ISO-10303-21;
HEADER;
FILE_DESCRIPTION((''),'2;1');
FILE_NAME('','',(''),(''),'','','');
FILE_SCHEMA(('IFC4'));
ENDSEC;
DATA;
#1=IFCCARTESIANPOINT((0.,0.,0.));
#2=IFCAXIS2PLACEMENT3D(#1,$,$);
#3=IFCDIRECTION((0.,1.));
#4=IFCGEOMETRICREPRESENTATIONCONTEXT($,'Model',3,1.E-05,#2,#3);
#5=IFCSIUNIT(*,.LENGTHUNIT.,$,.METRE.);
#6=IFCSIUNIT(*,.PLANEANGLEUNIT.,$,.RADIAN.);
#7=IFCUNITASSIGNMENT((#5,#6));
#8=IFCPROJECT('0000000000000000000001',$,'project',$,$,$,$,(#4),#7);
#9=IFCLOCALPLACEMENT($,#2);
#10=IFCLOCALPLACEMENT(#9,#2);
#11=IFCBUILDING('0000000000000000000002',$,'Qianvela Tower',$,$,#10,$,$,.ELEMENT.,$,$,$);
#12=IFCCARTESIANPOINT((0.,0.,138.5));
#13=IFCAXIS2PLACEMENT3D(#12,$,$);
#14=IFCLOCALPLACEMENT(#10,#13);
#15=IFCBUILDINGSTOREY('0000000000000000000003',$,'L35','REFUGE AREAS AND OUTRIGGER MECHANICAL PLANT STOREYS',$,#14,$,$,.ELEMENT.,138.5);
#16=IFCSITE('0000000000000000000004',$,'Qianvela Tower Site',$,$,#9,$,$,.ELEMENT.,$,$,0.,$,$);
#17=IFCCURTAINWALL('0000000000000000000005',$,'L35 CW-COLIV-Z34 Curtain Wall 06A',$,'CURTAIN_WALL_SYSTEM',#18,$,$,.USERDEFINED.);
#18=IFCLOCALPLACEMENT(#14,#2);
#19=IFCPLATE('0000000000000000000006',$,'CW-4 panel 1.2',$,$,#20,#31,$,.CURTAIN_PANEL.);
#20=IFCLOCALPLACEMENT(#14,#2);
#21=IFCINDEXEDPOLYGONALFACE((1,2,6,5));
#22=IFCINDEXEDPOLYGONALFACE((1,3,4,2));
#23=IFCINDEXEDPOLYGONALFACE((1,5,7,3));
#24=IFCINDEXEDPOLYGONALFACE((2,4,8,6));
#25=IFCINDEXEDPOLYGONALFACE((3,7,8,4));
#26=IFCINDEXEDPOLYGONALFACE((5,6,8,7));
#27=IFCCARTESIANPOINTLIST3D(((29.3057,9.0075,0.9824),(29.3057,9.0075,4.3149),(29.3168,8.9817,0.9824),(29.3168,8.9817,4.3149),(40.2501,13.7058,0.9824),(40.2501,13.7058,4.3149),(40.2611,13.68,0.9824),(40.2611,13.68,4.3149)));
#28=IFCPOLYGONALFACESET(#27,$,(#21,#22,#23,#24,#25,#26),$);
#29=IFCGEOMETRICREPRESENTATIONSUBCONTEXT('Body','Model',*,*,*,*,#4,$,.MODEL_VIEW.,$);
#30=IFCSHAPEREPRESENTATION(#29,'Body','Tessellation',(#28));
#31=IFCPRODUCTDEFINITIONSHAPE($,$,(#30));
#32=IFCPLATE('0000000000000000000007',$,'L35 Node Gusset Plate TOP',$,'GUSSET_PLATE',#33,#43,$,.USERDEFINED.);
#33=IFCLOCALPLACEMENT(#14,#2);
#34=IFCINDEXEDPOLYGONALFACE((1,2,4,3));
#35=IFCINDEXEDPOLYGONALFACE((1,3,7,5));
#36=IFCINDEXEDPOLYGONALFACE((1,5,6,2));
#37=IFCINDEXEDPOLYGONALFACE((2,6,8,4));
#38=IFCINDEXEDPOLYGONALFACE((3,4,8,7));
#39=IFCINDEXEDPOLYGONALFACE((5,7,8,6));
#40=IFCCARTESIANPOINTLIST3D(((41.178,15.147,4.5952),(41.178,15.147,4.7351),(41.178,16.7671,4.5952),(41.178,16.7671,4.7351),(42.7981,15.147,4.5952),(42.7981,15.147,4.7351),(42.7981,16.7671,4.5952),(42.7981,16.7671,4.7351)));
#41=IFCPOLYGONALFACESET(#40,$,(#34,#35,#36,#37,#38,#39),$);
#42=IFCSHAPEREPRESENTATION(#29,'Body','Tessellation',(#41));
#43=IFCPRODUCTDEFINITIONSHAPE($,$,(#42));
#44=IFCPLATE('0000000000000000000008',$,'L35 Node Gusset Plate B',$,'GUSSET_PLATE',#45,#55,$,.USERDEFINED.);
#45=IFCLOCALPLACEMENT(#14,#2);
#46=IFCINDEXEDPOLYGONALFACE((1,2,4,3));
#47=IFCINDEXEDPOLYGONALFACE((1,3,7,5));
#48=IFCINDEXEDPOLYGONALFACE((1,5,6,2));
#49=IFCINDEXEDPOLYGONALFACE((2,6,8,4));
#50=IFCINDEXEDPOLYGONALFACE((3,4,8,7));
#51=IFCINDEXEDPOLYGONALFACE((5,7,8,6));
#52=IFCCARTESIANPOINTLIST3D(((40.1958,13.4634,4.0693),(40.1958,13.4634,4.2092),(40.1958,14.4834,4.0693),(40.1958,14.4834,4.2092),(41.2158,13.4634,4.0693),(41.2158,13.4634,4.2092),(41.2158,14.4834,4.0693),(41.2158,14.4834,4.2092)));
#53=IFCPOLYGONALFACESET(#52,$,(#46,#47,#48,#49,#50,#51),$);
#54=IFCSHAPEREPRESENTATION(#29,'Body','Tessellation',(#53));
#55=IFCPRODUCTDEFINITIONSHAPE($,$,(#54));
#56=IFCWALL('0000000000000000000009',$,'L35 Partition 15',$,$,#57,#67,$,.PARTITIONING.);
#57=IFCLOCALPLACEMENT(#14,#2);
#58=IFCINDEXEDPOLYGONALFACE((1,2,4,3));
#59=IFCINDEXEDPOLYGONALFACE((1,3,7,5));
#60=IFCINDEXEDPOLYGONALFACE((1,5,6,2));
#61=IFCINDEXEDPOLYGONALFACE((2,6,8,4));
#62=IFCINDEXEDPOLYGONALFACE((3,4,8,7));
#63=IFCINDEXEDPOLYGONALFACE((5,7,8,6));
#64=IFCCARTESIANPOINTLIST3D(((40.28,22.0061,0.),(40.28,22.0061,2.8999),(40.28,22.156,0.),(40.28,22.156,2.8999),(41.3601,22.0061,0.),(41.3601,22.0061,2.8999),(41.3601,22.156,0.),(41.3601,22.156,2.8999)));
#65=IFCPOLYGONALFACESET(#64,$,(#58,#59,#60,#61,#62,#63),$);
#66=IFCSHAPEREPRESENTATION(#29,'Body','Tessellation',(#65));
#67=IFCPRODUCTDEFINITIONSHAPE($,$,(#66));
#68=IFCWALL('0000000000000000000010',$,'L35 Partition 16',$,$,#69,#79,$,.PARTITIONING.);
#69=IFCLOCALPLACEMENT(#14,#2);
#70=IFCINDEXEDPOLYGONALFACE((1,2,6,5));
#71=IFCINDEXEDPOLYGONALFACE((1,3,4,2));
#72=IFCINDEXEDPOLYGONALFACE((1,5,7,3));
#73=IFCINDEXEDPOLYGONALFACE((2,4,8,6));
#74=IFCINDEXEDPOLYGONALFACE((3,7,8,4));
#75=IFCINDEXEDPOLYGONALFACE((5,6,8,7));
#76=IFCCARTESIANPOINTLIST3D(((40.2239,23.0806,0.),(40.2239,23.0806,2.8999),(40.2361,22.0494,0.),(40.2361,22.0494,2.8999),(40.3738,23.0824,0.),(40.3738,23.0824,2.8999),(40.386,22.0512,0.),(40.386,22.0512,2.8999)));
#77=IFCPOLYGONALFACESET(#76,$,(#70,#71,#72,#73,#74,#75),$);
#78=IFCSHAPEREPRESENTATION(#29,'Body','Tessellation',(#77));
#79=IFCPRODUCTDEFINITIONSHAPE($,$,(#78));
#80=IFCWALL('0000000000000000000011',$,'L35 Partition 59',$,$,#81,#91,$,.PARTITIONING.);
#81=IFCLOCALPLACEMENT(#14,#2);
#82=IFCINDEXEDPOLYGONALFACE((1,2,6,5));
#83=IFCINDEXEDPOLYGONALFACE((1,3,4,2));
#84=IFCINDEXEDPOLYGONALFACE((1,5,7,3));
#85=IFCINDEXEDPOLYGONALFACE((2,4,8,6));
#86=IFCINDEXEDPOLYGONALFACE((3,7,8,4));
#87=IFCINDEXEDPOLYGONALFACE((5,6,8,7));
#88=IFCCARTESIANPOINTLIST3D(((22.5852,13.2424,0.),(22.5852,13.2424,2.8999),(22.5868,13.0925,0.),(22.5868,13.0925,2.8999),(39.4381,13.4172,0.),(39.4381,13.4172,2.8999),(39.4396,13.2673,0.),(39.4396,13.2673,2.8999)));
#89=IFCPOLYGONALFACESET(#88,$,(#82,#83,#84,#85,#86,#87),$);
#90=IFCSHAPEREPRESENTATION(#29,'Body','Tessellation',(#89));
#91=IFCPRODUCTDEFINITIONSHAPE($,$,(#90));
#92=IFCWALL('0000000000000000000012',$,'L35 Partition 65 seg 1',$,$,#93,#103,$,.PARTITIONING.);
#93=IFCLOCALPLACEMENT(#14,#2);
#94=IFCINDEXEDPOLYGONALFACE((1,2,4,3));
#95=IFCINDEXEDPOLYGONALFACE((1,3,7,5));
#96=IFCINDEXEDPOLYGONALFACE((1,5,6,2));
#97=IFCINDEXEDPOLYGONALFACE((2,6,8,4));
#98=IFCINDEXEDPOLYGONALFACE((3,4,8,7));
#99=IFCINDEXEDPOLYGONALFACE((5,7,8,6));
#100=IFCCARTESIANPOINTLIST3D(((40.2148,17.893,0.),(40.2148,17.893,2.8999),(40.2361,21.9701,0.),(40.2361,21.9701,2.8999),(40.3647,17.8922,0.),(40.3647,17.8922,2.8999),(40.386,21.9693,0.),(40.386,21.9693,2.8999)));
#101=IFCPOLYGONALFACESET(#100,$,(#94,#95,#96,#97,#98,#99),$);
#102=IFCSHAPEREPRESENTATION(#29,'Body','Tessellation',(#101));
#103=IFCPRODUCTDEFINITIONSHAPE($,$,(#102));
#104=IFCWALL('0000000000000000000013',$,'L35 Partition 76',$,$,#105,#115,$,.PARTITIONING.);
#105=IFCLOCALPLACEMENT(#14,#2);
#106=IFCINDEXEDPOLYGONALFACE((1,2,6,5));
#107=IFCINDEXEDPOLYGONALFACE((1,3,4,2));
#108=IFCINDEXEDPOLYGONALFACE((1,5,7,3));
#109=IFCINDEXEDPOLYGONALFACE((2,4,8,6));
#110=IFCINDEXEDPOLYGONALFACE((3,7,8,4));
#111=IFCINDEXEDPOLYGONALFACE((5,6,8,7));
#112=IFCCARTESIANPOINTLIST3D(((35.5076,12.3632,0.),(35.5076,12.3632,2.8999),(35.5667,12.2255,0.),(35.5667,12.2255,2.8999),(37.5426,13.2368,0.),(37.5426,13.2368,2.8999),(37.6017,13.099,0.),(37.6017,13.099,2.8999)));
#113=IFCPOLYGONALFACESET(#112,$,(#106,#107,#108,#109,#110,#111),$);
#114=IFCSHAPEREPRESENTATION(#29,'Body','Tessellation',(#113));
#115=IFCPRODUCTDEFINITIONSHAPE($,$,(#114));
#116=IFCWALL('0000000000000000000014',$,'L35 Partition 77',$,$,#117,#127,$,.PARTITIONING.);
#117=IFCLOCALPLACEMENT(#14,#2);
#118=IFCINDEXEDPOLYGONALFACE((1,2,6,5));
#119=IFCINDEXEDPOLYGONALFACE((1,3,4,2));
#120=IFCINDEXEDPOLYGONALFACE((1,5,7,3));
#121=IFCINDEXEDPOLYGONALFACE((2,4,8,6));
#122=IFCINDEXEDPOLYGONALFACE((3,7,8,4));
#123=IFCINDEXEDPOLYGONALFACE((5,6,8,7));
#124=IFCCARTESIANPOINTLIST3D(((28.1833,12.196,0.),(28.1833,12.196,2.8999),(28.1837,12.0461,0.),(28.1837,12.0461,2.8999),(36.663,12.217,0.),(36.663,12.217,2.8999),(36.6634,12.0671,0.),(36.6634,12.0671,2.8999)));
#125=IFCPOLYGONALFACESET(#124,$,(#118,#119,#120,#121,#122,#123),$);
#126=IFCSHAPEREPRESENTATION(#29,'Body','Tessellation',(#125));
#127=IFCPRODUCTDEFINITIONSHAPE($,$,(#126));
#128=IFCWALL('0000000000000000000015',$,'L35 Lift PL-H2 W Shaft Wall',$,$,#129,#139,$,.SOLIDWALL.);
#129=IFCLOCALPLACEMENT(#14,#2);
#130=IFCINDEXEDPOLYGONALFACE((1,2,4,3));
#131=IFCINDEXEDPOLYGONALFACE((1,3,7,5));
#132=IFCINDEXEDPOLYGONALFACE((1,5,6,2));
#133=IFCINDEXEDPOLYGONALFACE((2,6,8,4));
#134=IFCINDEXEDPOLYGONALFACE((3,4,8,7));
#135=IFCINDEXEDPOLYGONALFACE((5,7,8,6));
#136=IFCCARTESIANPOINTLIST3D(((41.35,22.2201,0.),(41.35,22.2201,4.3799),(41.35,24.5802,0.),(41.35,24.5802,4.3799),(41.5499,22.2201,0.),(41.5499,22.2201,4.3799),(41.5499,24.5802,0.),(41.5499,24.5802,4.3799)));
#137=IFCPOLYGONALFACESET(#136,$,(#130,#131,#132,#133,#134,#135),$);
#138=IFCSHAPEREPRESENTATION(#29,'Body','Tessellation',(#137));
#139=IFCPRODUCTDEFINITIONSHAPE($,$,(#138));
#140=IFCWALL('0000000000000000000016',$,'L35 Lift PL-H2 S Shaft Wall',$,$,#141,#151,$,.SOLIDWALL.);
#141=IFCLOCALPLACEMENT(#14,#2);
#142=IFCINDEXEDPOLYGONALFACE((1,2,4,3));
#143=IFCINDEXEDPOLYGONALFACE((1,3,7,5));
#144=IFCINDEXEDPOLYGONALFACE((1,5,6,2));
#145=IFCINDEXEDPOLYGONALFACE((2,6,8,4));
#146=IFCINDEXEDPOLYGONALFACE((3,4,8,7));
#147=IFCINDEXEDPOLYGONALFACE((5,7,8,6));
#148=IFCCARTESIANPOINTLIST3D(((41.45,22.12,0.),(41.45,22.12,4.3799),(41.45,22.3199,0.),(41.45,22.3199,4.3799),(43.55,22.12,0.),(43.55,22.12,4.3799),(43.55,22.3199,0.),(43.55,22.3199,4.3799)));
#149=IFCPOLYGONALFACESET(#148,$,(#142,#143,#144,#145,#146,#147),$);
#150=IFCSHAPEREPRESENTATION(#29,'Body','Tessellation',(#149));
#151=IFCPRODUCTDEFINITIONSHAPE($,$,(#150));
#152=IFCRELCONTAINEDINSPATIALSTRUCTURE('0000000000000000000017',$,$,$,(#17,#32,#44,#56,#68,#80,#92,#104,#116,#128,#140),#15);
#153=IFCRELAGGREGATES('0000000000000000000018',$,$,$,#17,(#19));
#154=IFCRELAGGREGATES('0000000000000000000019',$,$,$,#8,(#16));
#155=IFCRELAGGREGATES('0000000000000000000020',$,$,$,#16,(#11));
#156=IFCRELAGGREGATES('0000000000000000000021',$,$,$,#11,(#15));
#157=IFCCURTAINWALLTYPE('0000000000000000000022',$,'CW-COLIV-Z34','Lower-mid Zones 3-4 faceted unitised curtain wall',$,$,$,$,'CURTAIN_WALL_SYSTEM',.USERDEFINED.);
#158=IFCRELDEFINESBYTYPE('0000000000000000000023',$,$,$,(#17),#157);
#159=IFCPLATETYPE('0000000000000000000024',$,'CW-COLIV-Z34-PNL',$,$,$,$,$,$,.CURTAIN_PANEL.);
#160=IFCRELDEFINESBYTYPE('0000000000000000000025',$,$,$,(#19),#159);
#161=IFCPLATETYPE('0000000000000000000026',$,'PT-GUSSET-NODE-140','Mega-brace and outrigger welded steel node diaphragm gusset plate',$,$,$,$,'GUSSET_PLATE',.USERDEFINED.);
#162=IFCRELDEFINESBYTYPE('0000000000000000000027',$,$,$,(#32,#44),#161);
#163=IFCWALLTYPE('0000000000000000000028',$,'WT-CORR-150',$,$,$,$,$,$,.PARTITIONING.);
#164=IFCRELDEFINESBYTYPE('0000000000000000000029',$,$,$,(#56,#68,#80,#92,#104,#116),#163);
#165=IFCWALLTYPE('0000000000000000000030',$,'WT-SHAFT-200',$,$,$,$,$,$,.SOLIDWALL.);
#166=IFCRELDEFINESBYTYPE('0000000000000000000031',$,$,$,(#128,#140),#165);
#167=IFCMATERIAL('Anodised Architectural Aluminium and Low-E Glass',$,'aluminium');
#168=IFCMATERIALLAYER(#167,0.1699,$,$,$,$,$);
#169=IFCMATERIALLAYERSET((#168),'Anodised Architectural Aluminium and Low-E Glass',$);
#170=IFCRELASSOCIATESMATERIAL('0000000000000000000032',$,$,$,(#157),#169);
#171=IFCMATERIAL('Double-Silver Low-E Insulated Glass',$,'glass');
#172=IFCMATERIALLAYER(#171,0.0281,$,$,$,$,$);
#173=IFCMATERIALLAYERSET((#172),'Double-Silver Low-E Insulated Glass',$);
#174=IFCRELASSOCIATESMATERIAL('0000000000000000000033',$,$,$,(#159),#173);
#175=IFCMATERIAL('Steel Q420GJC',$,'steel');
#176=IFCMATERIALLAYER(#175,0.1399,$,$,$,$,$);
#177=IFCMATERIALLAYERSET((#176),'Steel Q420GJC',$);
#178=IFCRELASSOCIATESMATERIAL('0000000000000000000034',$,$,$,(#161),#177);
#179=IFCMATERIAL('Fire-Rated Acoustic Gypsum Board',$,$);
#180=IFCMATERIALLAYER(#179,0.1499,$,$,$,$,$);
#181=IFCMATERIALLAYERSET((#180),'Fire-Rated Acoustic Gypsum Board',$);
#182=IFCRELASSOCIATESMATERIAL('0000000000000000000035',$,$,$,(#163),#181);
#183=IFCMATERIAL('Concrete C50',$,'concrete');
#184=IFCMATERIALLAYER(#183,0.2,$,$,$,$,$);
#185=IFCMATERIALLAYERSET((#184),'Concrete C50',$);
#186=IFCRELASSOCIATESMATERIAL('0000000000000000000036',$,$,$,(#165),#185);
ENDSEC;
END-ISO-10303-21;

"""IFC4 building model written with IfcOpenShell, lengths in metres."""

from ifc_helpers import new_model, si_unit, direction, frame, frame_2d, origin, origin_2d, place, context, subcontext, project, spatial, rectangle, extrude, material, layer, layer_set, type_object, element, aggregate, save


model = new_model("IFC4")

# Units and contexts
model_context = context("Model", 3, precision=1e-05, world=origin(), true_north=direction((0.0, 1.0)))
body_context = subcontext(model_context, "Body", "Model", "MODEL_VIEW")
ifc_project = project(units=[si_unit("LENGTHUNIT", "METRE"), si_unit("PLANEANGLEUNIT", "RADIAN")], contexts=[model_context])

# Site, building, storey
site_placement = place(None, origin())
site = spatial("IfcSite", under=ifc_project, at=site_placement, Name="Qianvela Tower Site", CompositionType="ELEMENT", RefElevation=0.0)
building_placement = place(site_placement, origin())
building = spatial("IfcBuilding", under=site, at=building_placement, Name="Qianvela Tower", CompositionType="ELEMENT")
storey_placement = place(building_placement, frame((0.0, 0.0, 138.5)))
storey = spatial("IfcBuildingStorey", under=building, at=storey_placement, Name="L35", Description="REFUGE AREAS AND OUTRIGGER MECHANICAL PLANT STOREYS", CompositionType="ELEMENT", Elevation=138.5)

# Curtain wall, plate
ifc_material_1 = material(Name="Anodised Architectural Aluminium and Low-E Glass", Category="aluminium")
ifc_layer_1 = layer(ifc_material_1, 0.1699)
ifc_layer_set_1 = layer_set([ifc_layer_1], Name="Anodised Architectural Aluminium and Low-E Glass")
curtain_wall_type_1 = type_object("IfcCurtainWallType", Name="CW-COLIV-Z34", Description="Lower-mid Zones 3-4 faceted unitised curtain wall", ElementType="CURTAIN_WALL_SYSTEM", PredefinedType="USERDEFINED", material=ifc_layer_set_1)
curtain_wall_1_placement = place(storey_placement, origin())
curtain_wall_1 = element("IfcCurtainWall", 1, at=curtain_wall_1_placement, inside=storey, type_object=curtain_wall_type_1, Name="L35 CW-COLIV-Z34 Curtain Wall 06A", ObjectType="CURTAIN_WALL_SYSTEM", PredefinedType="USERDEFINED")
ifc_material_2 = material(Name="Double-Silver Low-E Insulated Glass", Category="glass")
ifc_layer_2 = layer(ifc_material_2, 0.0281)
ifc_layer_set_2 = layer_set([ifc_layer_2], Name="Double-Silver Low-E Insulated Glass")
plate_type_1 = type_object("IfcPlateType", Name="CW-COLIV-Z34-PNL", PredefinedType="CURTAIN_PANEL", material=ifc_layer_set_2)
plate_1_placement = place(storey_placement, frame((34.7834, 11.3438, 0.9824), z_axis=(0.0, 0.0, 1.0), x_axis=(0.918907, 0.394475, 0.0)))
plate_1 = element("IfcPlate", 2, at=plate_1_placement, type_object=plate_type_1, Name="CW-4 panel 1.2", PredefinedType="CURTAIN_PANEL", context=body_context, shape_type="SweptSolid", body=[
    extrude(rectangle(XDim=11.9102, YDim=0.0281, at=origin_2d()), origin(), (0.0, 0.0, 1.0), 3.3325),
])
aggregate(curtain_wall_1, [plate_1])

# Plates
ifc_material_3 = material(Name="Steel Q420GJC", Category="steel")
ifc_layer_3 = layer(ifc_material_3, 0.1399)
ifc_layer_set_3 = layer_set([ifc_layer_3], Name="Steel Q420GJC")
plate_type_2 = type_object("IfcPlateType", Name="PT-GUSSET-NODE-140", Description="Mega-brace and outrigger welded steel node diaphragm gusset plate", ElementType="GUSSET_PLATE", PredefinedType="USERDEFINED", material=ifc_layer_set_3)
plate_2_placement = place(storey_placement, frame((41.988, 15.957, 4.5952), z_axis=(0.0, 0.0, 1.0), x_axis=(1.0, 0.0, 0.0)))
element("IfcPlate", 3, at=plate_2_placement, inside=storey, type_object=plate_type_2, Name="L35 Node Gusset Plate TOP", ObjectType="GUSSET_PLATE", PredefinedType="USERDEFINED", context=body_context, shape_type="SweptSolid", body=[
    extrude(rectangle(XDim=1.6201, YDim=1.6201, at=origin_2d()), origin(), (0.0, 0.0, 1.0), 0.1399),
])
plate_3_placement = place(storey_placement, frame((40.7058, 13.9734, 4.0693), z_axis=(0.0, 0.0, 1.0), x_axis=(1.0, 0.0, 0.0)))
element("IfcPlate", 4, at=plate_3_placement, inside=storey, type_object=plate_type_2, Name="L35 Node Gusset Plate B", ObjectType="GUSSET_PLATE", PredefinedType="USERDEFINED", context=body_context, shape_type="SweptSolid", body=[
    extrude(rectangle(XDim=1.02, YDim=1.02, at=origin_2d()), origin(), (0.0, 0.0, 1.0), 0.1399),
])

# Walls
ifc_material_4 = material(Name="Fire-Rated Acoustic Gypsum Board")
ifc_layer_4 = layer(ifc_material_4, 0.1499)
ifc_layer_set_4 = layer_set([ifc_layer_4], Name="Fire-Rated Acoustic Gypsum Board")
wall_type_1 = type_object("IfcWallType", Name="WT-CORR-150", PredefinedType="PARTITIONING", material=ifc_layer_set_4)
wall_1_placement = place(storey_placement, frame((41.3601, 22.0811, 0.0), z_axis=(0.0, 0.0, 1.0), x_axis=(-1.0, 0.0, 0.0)))
element("IfcWall", 5, at=wall_1_placement, inside=storey, type_object=wall_type_1, Name="L35 Partition 15", PredefinedType="PARTITIONING", context=body_context, shape_type="SweptSolid", body=[
    extrude(rectangle(XDim=1.0801, YDim=0.1499, at=frame_2d((0.54, 0.0))), origin(), (0.0, 0.0, 1.0), 2.8999),
])
wall_2_placement = place(storey_placement, frame((40.311, 22.0503, 0.0), z_axis=(0.0, 0.0, 1.0), x_axis=(-0.011836, 0.99993, 0.0)))
element("IfcWall", 6, at=wall_2_placement, inside=storey, type_object=wall_type_1, Name="L35 Partition 16", PredefinedType="PARTITIONING", context=body_context, shape_type="SweptSolid", body=[
    extrude(rectangle(XDim=1.0312, YDim=0.1499, at=frame_2d((0.5156, 0.0))), origin(), (0.0, 0.0, 1.0), 2.8999),
])

# Walls
wall_3_placement = place(storey_placement, frame((39.4387, 13.3423, 0.0), z_axis=(0.0, 0.0, 1.0), x_axis=(-0.999946, -0.010372, 0.0)))
element("IfcWall", 7, at=wall_3_placement, inside=storey, type_object=wall_type_1, Name="L35 Partition 59", PredefinedType="PARTITIONING", context=body_context, shape_type="SweptSolid", body=[
    extrude(rectangle(XDim=16.8538, YDim=0.1499, at=frame_2d((8.4268, 0.0))), origin(), (0.0, 0.0, 1.0), 2.8999),
])
wall_4_placement = place(storey_placement, frame((40.2898, 17.8926, 0.0), z_axis=(0.0, 0.0, 1.0), x_axis=(0.00521, 0.999986, 0.0)))
element("IfcWall", 8, at=wall_4_placement, inside=storey, type_object=wall_type_1, Name="L35 Partition 65 seg 1", PredefinedType="PARTITIONING", context=body_context, shape_type="SweptSolid", body=[
    extrude(rectangle(XDim=4.0771, YDim=0.1499, at=frame_2d((2.0386, 0.0))), origin(), (0.0, 0.0, 1.0), 2.8999),
])
wall_5_placement = place(storey_placement, frame((37.5723, 13.168, 0.0), z_axis=(0.0, 0.0, 1.0), x_axis=(-0.918911, -0.394465, 0.0)))
element("IfcWall", 9, at=wall_5_placement, inside=storey, type_object=wall_type_1, Name="L35 Partition 76", PredefinedType="PARTITIONING", context=body_context, shape_type="SweptSolid", body=[
    extrude(rectangle(XDim=2.2146, YDim=0.1499, at=frame_2d((1.1074, 0.0))), origin(), (0.0, 0.0, 1.0), 2.8999),
])
wall_6_placement = place(storey_placement, frame((36.6631, 12.1421, 0.0), z_axis=(0.0, 0.0, 1.0), x_axis=(-0.999997, -0.002476, 0.0)))
element("IfcWall", 10, at=wall_6_placement, inside=storey, type_object=wall_type_1, Name="L35 Partition 77", PredefinedType="PARTITIONING", context=body_context, shape_type="SweptSolid", body=[
    extrude(rectangle(XDim=8.4797, YDim=0.1499, at=frame_2d((4.2397, 0.0))), origin(), (0.0, 0.0, 1.0), 2.8999),
])
ifc_material_5 = material(Name="Concrete C50", Category="concrete")
ifc_layer_5 = layer(ifc_material_5, 0.2)
ifc_layer_set_5 = layer_set([ifc_layer_5], Name="Concrete C50")
wall_type_2 = type_object("IfcWallType", Name="WT-SHAFT-200", PredefinedType="SOLIDWALL", material=ifc_layer_set_5)
wall_7_placement = place(storey_placement, frame((41.45, 22.22, 0.0), z_axis=(0.0, 0.0, 1.0), x_axis=(0.0, 1.0, 0.0)))
element("IfcWall", 11, at=wall_7_placement, inside=storey, type_object=wall_type_2, Name="L35 Lift PL-H2 W Shaft Wall", PredefinedType="SOLIDWALL", context=body_context, shape_type="SweptSolid", body=[
    extrude(rectangle(XDim=2.3601, YDim=0.2, at=frame_2d((1.1802, 0.0))), origin(), (0.0, 0.0, 1.0), 4.3799),
])
wall_8_placement = place(storey_placement, frame((41.45, 22.22, 0.0), z_axis=(0.0, 0.0, 1.0), x_axis=(1.0, 0.0, 0.0)))
element("IfcWall", 12, at=wall_8_placement, inside=storey, type_object=wall_type_2, Name="L35 Lift PL-H2 S Shaft Wall", PredefinedType="SOLIDWALL", context=body_context, shape_type="SweptSolid", body=[
    extrude(rectangle(XDim=2.1001, YDim=0.2, at=frame_2d((1.05, 0.0))), origin(), (0.0, 0.0, 1.0), 4.3799),
])

save(model, "model.ifc")
